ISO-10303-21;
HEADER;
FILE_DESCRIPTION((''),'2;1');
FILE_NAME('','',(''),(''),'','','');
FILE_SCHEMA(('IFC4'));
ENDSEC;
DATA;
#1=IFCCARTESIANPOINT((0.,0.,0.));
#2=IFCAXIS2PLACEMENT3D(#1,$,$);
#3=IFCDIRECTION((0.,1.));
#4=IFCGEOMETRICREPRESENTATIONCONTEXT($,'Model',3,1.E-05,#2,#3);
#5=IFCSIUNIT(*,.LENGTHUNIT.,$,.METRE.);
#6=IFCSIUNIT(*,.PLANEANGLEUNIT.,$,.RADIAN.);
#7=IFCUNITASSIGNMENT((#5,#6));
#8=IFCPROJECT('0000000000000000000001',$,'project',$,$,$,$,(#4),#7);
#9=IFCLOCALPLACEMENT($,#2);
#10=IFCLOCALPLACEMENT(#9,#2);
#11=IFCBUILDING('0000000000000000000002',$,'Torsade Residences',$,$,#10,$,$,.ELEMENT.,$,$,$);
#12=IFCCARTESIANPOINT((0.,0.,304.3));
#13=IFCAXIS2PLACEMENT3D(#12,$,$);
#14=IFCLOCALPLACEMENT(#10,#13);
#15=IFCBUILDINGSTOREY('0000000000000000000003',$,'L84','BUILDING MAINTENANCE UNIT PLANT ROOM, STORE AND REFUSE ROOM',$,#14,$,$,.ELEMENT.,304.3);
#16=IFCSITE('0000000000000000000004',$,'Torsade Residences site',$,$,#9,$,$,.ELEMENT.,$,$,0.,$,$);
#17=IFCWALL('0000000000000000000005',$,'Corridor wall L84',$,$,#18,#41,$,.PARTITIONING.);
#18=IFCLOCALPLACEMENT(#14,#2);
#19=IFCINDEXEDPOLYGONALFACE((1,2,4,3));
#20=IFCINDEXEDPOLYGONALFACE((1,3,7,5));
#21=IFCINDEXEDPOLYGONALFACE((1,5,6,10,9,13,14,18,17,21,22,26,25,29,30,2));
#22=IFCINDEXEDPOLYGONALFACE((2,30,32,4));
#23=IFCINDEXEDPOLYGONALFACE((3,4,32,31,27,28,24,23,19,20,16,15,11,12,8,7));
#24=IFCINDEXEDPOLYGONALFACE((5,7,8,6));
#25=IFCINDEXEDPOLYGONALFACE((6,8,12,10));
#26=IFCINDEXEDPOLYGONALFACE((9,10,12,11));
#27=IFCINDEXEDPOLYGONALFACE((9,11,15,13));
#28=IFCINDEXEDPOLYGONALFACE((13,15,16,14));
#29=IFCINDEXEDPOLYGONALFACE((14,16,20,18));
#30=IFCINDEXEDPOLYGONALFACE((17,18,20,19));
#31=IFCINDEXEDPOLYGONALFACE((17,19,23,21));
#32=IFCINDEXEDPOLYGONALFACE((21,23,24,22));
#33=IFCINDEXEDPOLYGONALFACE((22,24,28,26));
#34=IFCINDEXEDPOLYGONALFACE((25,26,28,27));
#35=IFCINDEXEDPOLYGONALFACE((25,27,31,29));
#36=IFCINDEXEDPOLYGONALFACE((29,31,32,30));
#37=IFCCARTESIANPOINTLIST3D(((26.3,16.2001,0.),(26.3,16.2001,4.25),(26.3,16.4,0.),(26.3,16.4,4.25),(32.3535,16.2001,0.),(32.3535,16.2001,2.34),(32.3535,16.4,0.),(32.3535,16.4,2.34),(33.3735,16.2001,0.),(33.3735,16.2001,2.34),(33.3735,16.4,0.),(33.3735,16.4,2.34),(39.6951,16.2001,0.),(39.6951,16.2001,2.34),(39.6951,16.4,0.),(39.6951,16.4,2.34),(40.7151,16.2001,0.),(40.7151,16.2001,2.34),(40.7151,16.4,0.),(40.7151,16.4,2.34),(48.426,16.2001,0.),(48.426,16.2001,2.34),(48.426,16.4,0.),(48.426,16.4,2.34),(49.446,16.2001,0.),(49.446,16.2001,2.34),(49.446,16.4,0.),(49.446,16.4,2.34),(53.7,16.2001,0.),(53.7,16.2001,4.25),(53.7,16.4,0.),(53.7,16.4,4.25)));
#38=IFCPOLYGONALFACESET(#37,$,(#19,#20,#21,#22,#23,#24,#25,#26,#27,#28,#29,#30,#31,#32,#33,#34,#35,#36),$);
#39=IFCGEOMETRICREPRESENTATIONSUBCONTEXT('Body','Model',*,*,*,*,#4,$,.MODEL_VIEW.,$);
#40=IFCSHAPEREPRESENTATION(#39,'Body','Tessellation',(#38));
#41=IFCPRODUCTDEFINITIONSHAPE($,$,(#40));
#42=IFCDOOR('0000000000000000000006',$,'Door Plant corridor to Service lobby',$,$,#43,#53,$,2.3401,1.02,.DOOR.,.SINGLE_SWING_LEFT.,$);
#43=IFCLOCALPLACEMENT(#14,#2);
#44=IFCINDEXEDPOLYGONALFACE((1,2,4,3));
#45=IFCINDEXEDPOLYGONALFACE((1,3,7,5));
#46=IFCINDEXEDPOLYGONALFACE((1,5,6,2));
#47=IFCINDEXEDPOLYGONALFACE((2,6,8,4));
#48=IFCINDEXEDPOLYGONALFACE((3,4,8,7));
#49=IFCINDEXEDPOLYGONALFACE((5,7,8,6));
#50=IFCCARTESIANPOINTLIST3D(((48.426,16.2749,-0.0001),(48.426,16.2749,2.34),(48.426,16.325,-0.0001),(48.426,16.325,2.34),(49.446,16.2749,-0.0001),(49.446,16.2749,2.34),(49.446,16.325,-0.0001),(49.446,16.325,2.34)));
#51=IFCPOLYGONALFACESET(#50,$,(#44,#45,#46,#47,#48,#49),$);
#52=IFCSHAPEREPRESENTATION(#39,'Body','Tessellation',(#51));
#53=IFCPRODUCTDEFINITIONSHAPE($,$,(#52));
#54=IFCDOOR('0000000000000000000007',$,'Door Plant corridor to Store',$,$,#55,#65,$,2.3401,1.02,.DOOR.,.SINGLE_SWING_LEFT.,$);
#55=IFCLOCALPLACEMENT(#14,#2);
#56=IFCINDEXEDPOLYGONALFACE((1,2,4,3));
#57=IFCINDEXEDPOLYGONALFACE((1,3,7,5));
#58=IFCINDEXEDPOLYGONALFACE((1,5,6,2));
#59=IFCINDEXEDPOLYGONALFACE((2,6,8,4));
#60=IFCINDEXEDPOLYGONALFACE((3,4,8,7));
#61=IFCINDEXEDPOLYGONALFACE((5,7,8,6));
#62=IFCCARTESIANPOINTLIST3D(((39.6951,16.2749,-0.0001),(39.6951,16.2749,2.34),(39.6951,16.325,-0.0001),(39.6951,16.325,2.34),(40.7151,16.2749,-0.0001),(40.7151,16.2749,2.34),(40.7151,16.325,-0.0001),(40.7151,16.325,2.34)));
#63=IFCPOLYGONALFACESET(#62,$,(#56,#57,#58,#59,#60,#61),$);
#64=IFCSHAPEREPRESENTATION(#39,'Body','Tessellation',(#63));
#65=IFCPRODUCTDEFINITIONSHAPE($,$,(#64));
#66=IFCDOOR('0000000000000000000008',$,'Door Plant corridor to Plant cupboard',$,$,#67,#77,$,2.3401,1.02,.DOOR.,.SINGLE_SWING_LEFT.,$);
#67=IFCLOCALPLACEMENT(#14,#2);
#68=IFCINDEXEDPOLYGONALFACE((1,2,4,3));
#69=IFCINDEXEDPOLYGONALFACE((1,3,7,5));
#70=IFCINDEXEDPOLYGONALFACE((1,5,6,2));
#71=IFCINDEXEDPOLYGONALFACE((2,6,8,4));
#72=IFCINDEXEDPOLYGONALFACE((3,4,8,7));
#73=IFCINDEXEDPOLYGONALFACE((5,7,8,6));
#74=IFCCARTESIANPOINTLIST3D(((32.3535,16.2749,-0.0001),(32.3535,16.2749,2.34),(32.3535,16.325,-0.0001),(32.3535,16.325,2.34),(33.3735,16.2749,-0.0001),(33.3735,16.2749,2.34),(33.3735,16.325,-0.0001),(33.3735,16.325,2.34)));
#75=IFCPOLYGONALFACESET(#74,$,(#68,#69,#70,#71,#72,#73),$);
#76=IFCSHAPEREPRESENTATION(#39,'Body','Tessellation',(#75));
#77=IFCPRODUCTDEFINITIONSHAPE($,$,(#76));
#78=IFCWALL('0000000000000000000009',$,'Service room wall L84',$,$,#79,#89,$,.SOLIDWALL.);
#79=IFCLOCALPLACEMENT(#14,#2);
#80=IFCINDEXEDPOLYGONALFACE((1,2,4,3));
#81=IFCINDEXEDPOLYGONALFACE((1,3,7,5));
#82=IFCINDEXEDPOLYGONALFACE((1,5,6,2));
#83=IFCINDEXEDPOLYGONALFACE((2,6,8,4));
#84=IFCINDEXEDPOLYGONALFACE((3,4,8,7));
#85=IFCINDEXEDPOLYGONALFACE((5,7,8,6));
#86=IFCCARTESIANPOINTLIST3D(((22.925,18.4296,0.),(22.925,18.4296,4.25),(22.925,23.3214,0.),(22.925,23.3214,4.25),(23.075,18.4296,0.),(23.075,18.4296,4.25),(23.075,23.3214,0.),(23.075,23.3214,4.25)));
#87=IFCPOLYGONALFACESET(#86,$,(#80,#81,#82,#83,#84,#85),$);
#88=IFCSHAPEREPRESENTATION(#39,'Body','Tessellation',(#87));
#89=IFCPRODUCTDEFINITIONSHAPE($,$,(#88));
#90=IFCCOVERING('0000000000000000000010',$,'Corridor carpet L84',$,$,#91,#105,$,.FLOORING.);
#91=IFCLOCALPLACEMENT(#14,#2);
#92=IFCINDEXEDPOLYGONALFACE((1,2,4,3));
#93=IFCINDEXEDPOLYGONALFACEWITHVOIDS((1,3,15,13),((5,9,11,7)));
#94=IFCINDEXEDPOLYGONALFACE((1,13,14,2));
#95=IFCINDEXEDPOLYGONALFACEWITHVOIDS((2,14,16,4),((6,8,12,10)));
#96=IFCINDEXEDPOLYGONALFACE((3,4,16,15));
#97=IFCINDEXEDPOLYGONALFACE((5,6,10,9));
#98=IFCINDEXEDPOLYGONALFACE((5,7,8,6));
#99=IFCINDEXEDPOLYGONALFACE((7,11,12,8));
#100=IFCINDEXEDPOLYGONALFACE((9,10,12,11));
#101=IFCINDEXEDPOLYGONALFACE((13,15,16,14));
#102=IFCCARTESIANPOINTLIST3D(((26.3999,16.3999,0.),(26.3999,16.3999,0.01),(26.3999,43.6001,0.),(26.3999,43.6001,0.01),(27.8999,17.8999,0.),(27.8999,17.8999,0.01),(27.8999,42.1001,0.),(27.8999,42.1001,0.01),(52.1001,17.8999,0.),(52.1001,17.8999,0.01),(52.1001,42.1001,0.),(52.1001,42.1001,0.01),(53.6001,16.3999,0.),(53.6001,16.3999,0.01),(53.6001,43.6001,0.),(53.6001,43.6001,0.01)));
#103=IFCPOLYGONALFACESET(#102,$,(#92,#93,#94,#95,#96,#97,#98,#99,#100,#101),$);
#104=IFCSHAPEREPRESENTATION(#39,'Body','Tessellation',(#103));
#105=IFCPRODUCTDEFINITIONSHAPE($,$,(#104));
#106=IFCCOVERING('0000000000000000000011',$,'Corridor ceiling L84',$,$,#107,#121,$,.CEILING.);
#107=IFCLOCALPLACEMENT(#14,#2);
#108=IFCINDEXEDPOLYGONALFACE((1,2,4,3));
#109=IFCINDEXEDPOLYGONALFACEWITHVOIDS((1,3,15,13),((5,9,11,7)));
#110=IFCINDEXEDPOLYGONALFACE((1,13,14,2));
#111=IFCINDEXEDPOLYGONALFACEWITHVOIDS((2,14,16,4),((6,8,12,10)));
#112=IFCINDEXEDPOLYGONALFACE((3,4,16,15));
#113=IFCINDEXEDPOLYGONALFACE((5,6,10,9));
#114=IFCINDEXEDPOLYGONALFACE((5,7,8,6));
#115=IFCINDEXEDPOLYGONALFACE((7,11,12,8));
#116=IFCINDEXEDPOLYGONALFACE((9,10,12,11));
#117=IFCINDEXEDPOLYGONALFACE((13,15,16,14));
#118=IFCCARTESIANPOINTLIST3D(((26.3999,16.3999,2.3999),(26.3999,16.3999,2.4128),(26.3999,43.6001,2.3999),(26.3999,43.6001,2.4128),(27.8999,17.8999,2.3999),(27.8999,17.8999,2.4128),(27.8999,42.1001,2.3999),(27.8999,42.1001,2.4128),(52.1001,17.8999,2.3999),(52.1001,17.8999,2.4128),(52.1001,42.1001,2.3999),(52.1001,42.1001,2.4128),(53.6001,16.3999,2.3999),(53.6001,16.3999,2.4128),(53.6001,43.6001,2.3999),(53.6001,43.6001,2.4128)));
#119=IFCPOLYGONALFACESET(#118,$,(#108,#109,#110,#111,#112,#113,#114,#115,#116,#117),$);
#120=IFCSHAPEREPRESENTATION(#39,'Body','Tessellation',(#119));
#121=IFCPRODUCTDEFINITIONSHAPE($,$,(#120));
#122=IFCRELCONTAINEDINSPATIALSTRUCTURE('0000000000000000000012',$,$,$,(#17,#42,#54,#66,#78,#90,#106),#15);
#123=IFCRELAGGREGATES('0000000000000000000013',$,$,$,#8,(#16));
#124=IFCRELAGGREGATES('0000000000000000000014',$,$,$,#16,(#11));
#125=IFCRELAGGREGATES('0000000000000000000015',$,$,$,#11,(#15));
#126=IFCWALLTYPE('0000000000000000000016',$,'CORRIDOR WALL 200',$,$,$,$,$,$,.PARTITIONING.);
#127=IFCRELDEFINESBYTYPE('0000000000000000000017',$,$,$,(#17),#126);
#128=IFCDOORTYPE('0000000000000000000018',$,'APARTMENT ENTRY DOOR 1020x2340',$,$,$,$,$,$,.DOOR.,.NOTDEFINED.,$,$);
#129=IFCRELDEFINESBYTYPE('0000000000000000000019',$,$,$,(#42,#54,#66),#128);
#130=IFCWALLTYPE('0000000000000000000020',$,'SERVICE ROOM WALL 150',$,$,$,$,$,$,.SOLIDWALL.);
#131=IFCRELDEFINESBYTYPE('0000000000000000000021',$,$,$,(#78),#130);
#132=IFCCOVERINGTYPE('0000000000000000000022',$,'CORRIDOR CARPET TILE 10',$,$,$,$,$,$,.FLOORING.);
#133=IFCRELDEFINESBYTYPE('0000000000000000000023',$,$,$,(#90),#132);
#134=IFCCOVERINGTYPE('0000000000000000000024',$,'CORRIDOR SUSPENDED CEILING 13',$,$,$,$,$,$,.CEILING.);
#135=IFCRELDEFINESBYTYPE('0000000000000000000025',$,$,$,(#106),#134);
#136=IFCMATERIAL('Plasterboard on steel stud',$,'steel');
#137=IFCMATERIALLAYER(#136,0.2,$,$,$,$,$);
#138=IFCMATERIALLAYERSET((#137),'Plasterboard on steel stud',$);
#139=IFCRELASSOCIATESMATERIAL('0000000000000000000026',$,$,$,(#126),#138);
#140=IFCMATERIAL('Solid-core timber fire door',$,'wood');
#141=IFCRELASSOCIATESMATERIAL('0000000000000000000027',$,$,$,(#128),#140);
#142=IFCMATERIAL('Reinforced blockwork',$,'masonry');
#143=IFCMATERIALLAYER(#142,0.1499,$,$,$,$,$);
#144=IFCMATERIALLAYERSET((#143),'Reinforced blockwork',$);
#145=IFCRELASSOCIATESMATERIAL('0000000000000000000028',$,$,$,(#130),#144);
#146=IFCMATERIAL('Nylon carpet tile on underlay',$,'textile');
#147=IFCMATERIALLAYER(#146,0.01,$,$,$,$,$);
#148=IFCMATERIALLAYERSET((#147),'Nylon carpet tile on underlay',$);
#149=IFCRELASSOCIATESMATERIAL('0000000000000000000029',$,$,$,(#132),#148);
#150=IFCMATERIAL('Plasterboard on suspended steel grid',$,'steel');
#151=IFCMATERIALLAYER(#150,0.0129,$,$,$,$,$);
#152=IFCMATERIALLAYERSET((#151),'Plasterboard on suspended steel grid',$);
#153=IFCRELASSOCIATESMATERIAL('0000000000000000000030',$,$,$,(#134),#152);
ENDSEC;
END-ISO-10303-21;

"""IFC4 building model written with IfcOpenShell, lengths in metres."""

from ifc_helpers import new_model, si_unit, direction, frame, frame_2d, origin, place, context, subcontext, project, spatial, polyline, rectangle, outline, extrude, material, layer, layer_set, type_object, element, fill, save


model = new_model("IFC4")

# Units and contexts
model_context = context("Model", 3, precision=1e-05, world=origin(), true_north=direction((0.0, 1.0)))
body_context = subcontext(model_context, "Body", "Model", "MODEL_VIEW")
ifc_project = project(units=[si_unit("LENGTHUNIT", "METRE"), si_unit("PLANEANGLEUNIT", "RADIAN")], contexts=[model_context])

# Site, building, storey
site_placement = place(None, origin())
site = spatial("IfcSite", under=ifc_project, at=site_placement, Name="Torsade Residences site", CompositionType="ELEMENT", RefElevation=0.0)
building_placement = place(site_placement, origin())
building = spatial("IfcBuilding", under=site, at=building_placement, Name="Torsade Residences", CompositionType="ELEMENT")
storey_placement = place(building_placement, frame((0.0, 0.0, 304.3)))
storey = spatial("IfcBuildingStorey", under=building, at=storey_placement, Name="L84", Description="BUILDING MAINTENANCE UNIT PLANT ROOM, STORE AND REFUSE ROOM", CompositionType="ELEMENT", Elevation=304.3)

# Wall, openings, doors
ifc_material_1 = material(Name="Plasterboard on steel stud", Category="steel")
ifc_layer_1 = layer(ifc_material_1, 0.2)
ifc_layer_set_1 = layer_set([ifc_layer_1], Name="Plasterboard on steel stud")
wall_type_1 = type_object("IfcWallType", Name="CORRIDOR WALL 200", PredefinedType="PARTITIONING", material=ifc_layer_set_1)
wall_1_placement = place(storey_placement, frame((26.3, 16.3, 0.0), z_axis=(0.0, 0.0, 1.0), x_axis=(1.0, 0.0, 0.0)))
wall_1 = element("IfcWall", 1, at=wall_1_placement, inside=storey, type_object=wall_type_1, Name="Corridor wall L84", PredefinedType="PARTITIONING", context=body_context, shape_type="SweptSolid", body=[
    extrude(rectangle(XDim=27.3999, YDim=0.2, at=frame_2d((13.7, 0.0))), origin(), (0.0, 0.0, 1.0), 4.25),
])
opening_1_placement = place(wall_1_placement, frame((22.126, 0.0, 0.0)))
opening_1 = element("IfcOpeningElement", 2, at=opening_1_placement, cuts=wall_1, PredefinedType="OPENING", context=body_context, shape_type="SweptSolid", body=[
    extrude(rectangle(XDim=1.02, YDim=2.3401, at=frame_2d((0.51, 1.1699))), frame((0.0, 0.1099, 0.0), z_axis=(0.0, -1.0, 0.0), x_axis=(1.0, 0.0, 0.0)), (0.0, 0.0, 1.0), 0.22),
])
opening_2_placement = place(wall_1_placement, frame((13.395, 0.0, 0.0)))
opening_2 = element("IfcOpeningElement", 3, at=opening_2_placement, cuts=wall_1, PredefinedType="OPENING", context=body_context, shape_type="SweptSolid", body=[
    extrude(rectangle(XDim=1.02, YDim=2.3401, at=frame_2d((0.51, 1.1699))), frame((0.0, 0.1099, 0.0), z_axis=(0.0, -1.0, 0.0), x_axis=(1.0, 0.0, 0.0)), (0.0, 0.0, 1.0), 0.22),
])
opening_3_placement = place(wall_1_placement, frame((6.0535, 0.0, 0.0)))
opening_3 = element("IfcOpeningElement", 4, at=opening_3_placement, cuts=wall_1, PredefinedType="OPENING", context=body_context, shape_type="SweptSolid", body=[
    extrude(rectangle(XDim=1.02, YDim=2.3401, at=frame_2d((0.51, 1.1699))), frame((0.0, 0.1099, 0.0), z_axis=(0.0, -1.0, 0.0), x_axis=(1.0, 0.0, 0.0)), (0.0, 0.0, 1.0), 0.22),
])
ifc_material_2 = material(Name="Solid-core timber fire door", Category="wood")
door_type = type_object("IfcDoorType", Name="APARTMENT ENTRY DOOR 1020x2340", OperationType="NOTDEFINED", PredefinedType="DOOR", material=ifc_material_2)
door_1_placement = place(opening_1_placement, origin())
door_1 = element("IfcDoor", 5, at=door_1_placement, inside=storey, type_object=door_type, Name="Door Plant corridor to Service lobby", OperationType="SINGLE_SWING_LEFT", OverallHeight=2.3401, OverallWidth=1.02, PredefinedType="DOOR", context=body_context, shape_type="SweptSolid", body=[
    extrude(rectangle(XDim=1.02, YDim=2.3401, at=frame_2d((0.51, 1.1699))), frame((0.0, 0.0249, 0.0), z_axis=(0.0, -1.0, 0.0), x_axis=(1.0, 0.0, 0.0)), (0.0, 0.0, 1.0), 0.05),
])
fill(opening_1, door_1)
door_2_placement = place(opening_2_placement, origin())
door_2 = element("IfcDoor", 6, at=door_2_placement, inside=storey, type_object=door_type, Name="Door Plant corridor to Store", OperationType="SINGLE_SWING_LEFT", OverallHeight=2.3401, OverallWidth=1.02, PredefinedType="DOOR", context=body_context, shape_type="SweptSolid", body=[
    extrude(rectangle(XDim=1.02, YDim=2.3401, at=frame_2d((0.51, 1.1699))), frame((0.0, 0.0249, 0.0), z_axis=(0.0, -1.0, 0.0), x_axis=(1.0, 0.0, 0.0)), (0.0, 0.0, 1.0), 0.05),
])
fill(opening_2, door_2)
door_3_placement = place(opening_3_placement, origin())
door_3 = element("IfcDoor", 7, at=door_3_placement, inside=storey, type_object=door_type, Name="Door Plant corridor to Plant cupboard", OperationType="SINGLE_SWING_LEFT", OverallHeight=2.3401, OverallWidth=1.02, PredefinedType="DOOR", context=body_context, shape_type="SweptSolid", body=[
    extrude(rectangle(XDim=1.02, YDim=2.3401, at=frame_2d((0.51, 1.1699))), frame((0.0, 0.0249, 0.0), z_axis=(0.0, -1.0, 0.0), x_axis=(1.0, 0.0, 0.0)), (0.0, 0.0, 1.0), 0.05),
])
fill(opening_3, door_3)

# Wall
ifc_material_3 = material(Name="Reinforced blockwork", Category="masonry")
ifc_layer_2 = layer(ifc_material_3, 0.1499)
ifc_layer_set_2 = layer_set([ifc_layer_2], Name="Reinforced blockwork")
wall_type_2 = type_object("IfcWallType", Name="SERVICE ROOM WALL 150", PredefinedType="SOLIDWALL", material=ifc_layer_set_2)
wall_2_placement = place(storey_placement, frame((23.0, 18.4297, 0.0), z_axis=(0.0, 0.0, 1.0), x_axis=(0.0, 1.0, 0.0)))
element("IfcWall", 8, at=wall_2_placement, inside=storey, type_object=wall_type_2, Name="Service room wall L84", PredefinedType="SOLIDWALL", context=body_context, shape_type="SweptSolid", body=[
    extrude(rectangle(XDim=4.8918, YDim=0.1499, at=frame_2d((2.4458, 0.0))), origin(), (0.0, 0.0, 1.0), 4.25),
])

# Coverings
ifc_material_4 = material(Name="Nylon carpet tile on underlay", Category="textile")
ifc_layer_3 = layer(ifc_material_4, 0.01)
ifc_layer_set_3 = layer_set([ifc_layer_3], Name="Nylon carpet tile on underlay")
covering_type_1 = type_object("IfcCoveringType", Name="CORRIDOR CARPET TILE 10", PredefinedType="FLOORING", material=ifc_layer_set_3)
covering_1_placement = place(storey_placement, origin())
element("IfcCovering", 9, at=covering_1_placement, inside=storey, type_object=covering_type_1, Name="Corridor carpet L84", PredefinedType="FLOORING", context=body_context, shape_type="SweptSolid", body=[
    extrude(outline(polyline([(26.3999, 16.3999), (53.6001, 16.3999), (53.6001, 43.6001), (26.3999, 43.6001), (26.3999, 16.3999)]), holes=[polyline([(27.8999, 42.1001), (27.8999, 17.8999), (52.1001, 17.8999), (52.1001, 42.1001), (27.8999, 42.1001)])]), origin(), (0.0, 0.0, 1.0), 0.01),
])
ifc_material_5 = material(Name="Plasterboard on suspended steel grid", Category="steel")
ifc_layer_4 = layer(ifc_material_5, 0.0129)
ifc_layer_set_4 = layer_set([ifc_layer_4], Name="Plasterboard on suspended steel grid")
covering_type_2 = type_object("IfcCoveringType", Name="CORRIDOR SUSPENDED CEILING 13", PredefinedType="CEILING", material=ifc_layer_set_4)
covering_2_placement = place(storey_placement, frame((0.0, 0.0, 2.3999)))
element("IfcCovering", 10, at=covering_2_placement, inside=storey, type_object=covering_type_2, Name="Corridor ceiling L84", PredefinedType="CEILING", context=body_context, shape_type="SweptSolid", body=[
    extrude(outline(polyline([(26.3999, 16.3999), (53.6001, 16.3999), (53.6001, 43.6001), (26.3999, 43.6001), (26.3999, 16.3999)]), holes=[polyline([(27.8999, 42.1001), (27.8999, 17.8999), (52.1001, 17.8999), (52.1001, 42.1001), (27.8999, 42.1001)])]), origin(), (0.0, 0.0, 1.0), 0.0129),
])

save(model, "model.ifc")
